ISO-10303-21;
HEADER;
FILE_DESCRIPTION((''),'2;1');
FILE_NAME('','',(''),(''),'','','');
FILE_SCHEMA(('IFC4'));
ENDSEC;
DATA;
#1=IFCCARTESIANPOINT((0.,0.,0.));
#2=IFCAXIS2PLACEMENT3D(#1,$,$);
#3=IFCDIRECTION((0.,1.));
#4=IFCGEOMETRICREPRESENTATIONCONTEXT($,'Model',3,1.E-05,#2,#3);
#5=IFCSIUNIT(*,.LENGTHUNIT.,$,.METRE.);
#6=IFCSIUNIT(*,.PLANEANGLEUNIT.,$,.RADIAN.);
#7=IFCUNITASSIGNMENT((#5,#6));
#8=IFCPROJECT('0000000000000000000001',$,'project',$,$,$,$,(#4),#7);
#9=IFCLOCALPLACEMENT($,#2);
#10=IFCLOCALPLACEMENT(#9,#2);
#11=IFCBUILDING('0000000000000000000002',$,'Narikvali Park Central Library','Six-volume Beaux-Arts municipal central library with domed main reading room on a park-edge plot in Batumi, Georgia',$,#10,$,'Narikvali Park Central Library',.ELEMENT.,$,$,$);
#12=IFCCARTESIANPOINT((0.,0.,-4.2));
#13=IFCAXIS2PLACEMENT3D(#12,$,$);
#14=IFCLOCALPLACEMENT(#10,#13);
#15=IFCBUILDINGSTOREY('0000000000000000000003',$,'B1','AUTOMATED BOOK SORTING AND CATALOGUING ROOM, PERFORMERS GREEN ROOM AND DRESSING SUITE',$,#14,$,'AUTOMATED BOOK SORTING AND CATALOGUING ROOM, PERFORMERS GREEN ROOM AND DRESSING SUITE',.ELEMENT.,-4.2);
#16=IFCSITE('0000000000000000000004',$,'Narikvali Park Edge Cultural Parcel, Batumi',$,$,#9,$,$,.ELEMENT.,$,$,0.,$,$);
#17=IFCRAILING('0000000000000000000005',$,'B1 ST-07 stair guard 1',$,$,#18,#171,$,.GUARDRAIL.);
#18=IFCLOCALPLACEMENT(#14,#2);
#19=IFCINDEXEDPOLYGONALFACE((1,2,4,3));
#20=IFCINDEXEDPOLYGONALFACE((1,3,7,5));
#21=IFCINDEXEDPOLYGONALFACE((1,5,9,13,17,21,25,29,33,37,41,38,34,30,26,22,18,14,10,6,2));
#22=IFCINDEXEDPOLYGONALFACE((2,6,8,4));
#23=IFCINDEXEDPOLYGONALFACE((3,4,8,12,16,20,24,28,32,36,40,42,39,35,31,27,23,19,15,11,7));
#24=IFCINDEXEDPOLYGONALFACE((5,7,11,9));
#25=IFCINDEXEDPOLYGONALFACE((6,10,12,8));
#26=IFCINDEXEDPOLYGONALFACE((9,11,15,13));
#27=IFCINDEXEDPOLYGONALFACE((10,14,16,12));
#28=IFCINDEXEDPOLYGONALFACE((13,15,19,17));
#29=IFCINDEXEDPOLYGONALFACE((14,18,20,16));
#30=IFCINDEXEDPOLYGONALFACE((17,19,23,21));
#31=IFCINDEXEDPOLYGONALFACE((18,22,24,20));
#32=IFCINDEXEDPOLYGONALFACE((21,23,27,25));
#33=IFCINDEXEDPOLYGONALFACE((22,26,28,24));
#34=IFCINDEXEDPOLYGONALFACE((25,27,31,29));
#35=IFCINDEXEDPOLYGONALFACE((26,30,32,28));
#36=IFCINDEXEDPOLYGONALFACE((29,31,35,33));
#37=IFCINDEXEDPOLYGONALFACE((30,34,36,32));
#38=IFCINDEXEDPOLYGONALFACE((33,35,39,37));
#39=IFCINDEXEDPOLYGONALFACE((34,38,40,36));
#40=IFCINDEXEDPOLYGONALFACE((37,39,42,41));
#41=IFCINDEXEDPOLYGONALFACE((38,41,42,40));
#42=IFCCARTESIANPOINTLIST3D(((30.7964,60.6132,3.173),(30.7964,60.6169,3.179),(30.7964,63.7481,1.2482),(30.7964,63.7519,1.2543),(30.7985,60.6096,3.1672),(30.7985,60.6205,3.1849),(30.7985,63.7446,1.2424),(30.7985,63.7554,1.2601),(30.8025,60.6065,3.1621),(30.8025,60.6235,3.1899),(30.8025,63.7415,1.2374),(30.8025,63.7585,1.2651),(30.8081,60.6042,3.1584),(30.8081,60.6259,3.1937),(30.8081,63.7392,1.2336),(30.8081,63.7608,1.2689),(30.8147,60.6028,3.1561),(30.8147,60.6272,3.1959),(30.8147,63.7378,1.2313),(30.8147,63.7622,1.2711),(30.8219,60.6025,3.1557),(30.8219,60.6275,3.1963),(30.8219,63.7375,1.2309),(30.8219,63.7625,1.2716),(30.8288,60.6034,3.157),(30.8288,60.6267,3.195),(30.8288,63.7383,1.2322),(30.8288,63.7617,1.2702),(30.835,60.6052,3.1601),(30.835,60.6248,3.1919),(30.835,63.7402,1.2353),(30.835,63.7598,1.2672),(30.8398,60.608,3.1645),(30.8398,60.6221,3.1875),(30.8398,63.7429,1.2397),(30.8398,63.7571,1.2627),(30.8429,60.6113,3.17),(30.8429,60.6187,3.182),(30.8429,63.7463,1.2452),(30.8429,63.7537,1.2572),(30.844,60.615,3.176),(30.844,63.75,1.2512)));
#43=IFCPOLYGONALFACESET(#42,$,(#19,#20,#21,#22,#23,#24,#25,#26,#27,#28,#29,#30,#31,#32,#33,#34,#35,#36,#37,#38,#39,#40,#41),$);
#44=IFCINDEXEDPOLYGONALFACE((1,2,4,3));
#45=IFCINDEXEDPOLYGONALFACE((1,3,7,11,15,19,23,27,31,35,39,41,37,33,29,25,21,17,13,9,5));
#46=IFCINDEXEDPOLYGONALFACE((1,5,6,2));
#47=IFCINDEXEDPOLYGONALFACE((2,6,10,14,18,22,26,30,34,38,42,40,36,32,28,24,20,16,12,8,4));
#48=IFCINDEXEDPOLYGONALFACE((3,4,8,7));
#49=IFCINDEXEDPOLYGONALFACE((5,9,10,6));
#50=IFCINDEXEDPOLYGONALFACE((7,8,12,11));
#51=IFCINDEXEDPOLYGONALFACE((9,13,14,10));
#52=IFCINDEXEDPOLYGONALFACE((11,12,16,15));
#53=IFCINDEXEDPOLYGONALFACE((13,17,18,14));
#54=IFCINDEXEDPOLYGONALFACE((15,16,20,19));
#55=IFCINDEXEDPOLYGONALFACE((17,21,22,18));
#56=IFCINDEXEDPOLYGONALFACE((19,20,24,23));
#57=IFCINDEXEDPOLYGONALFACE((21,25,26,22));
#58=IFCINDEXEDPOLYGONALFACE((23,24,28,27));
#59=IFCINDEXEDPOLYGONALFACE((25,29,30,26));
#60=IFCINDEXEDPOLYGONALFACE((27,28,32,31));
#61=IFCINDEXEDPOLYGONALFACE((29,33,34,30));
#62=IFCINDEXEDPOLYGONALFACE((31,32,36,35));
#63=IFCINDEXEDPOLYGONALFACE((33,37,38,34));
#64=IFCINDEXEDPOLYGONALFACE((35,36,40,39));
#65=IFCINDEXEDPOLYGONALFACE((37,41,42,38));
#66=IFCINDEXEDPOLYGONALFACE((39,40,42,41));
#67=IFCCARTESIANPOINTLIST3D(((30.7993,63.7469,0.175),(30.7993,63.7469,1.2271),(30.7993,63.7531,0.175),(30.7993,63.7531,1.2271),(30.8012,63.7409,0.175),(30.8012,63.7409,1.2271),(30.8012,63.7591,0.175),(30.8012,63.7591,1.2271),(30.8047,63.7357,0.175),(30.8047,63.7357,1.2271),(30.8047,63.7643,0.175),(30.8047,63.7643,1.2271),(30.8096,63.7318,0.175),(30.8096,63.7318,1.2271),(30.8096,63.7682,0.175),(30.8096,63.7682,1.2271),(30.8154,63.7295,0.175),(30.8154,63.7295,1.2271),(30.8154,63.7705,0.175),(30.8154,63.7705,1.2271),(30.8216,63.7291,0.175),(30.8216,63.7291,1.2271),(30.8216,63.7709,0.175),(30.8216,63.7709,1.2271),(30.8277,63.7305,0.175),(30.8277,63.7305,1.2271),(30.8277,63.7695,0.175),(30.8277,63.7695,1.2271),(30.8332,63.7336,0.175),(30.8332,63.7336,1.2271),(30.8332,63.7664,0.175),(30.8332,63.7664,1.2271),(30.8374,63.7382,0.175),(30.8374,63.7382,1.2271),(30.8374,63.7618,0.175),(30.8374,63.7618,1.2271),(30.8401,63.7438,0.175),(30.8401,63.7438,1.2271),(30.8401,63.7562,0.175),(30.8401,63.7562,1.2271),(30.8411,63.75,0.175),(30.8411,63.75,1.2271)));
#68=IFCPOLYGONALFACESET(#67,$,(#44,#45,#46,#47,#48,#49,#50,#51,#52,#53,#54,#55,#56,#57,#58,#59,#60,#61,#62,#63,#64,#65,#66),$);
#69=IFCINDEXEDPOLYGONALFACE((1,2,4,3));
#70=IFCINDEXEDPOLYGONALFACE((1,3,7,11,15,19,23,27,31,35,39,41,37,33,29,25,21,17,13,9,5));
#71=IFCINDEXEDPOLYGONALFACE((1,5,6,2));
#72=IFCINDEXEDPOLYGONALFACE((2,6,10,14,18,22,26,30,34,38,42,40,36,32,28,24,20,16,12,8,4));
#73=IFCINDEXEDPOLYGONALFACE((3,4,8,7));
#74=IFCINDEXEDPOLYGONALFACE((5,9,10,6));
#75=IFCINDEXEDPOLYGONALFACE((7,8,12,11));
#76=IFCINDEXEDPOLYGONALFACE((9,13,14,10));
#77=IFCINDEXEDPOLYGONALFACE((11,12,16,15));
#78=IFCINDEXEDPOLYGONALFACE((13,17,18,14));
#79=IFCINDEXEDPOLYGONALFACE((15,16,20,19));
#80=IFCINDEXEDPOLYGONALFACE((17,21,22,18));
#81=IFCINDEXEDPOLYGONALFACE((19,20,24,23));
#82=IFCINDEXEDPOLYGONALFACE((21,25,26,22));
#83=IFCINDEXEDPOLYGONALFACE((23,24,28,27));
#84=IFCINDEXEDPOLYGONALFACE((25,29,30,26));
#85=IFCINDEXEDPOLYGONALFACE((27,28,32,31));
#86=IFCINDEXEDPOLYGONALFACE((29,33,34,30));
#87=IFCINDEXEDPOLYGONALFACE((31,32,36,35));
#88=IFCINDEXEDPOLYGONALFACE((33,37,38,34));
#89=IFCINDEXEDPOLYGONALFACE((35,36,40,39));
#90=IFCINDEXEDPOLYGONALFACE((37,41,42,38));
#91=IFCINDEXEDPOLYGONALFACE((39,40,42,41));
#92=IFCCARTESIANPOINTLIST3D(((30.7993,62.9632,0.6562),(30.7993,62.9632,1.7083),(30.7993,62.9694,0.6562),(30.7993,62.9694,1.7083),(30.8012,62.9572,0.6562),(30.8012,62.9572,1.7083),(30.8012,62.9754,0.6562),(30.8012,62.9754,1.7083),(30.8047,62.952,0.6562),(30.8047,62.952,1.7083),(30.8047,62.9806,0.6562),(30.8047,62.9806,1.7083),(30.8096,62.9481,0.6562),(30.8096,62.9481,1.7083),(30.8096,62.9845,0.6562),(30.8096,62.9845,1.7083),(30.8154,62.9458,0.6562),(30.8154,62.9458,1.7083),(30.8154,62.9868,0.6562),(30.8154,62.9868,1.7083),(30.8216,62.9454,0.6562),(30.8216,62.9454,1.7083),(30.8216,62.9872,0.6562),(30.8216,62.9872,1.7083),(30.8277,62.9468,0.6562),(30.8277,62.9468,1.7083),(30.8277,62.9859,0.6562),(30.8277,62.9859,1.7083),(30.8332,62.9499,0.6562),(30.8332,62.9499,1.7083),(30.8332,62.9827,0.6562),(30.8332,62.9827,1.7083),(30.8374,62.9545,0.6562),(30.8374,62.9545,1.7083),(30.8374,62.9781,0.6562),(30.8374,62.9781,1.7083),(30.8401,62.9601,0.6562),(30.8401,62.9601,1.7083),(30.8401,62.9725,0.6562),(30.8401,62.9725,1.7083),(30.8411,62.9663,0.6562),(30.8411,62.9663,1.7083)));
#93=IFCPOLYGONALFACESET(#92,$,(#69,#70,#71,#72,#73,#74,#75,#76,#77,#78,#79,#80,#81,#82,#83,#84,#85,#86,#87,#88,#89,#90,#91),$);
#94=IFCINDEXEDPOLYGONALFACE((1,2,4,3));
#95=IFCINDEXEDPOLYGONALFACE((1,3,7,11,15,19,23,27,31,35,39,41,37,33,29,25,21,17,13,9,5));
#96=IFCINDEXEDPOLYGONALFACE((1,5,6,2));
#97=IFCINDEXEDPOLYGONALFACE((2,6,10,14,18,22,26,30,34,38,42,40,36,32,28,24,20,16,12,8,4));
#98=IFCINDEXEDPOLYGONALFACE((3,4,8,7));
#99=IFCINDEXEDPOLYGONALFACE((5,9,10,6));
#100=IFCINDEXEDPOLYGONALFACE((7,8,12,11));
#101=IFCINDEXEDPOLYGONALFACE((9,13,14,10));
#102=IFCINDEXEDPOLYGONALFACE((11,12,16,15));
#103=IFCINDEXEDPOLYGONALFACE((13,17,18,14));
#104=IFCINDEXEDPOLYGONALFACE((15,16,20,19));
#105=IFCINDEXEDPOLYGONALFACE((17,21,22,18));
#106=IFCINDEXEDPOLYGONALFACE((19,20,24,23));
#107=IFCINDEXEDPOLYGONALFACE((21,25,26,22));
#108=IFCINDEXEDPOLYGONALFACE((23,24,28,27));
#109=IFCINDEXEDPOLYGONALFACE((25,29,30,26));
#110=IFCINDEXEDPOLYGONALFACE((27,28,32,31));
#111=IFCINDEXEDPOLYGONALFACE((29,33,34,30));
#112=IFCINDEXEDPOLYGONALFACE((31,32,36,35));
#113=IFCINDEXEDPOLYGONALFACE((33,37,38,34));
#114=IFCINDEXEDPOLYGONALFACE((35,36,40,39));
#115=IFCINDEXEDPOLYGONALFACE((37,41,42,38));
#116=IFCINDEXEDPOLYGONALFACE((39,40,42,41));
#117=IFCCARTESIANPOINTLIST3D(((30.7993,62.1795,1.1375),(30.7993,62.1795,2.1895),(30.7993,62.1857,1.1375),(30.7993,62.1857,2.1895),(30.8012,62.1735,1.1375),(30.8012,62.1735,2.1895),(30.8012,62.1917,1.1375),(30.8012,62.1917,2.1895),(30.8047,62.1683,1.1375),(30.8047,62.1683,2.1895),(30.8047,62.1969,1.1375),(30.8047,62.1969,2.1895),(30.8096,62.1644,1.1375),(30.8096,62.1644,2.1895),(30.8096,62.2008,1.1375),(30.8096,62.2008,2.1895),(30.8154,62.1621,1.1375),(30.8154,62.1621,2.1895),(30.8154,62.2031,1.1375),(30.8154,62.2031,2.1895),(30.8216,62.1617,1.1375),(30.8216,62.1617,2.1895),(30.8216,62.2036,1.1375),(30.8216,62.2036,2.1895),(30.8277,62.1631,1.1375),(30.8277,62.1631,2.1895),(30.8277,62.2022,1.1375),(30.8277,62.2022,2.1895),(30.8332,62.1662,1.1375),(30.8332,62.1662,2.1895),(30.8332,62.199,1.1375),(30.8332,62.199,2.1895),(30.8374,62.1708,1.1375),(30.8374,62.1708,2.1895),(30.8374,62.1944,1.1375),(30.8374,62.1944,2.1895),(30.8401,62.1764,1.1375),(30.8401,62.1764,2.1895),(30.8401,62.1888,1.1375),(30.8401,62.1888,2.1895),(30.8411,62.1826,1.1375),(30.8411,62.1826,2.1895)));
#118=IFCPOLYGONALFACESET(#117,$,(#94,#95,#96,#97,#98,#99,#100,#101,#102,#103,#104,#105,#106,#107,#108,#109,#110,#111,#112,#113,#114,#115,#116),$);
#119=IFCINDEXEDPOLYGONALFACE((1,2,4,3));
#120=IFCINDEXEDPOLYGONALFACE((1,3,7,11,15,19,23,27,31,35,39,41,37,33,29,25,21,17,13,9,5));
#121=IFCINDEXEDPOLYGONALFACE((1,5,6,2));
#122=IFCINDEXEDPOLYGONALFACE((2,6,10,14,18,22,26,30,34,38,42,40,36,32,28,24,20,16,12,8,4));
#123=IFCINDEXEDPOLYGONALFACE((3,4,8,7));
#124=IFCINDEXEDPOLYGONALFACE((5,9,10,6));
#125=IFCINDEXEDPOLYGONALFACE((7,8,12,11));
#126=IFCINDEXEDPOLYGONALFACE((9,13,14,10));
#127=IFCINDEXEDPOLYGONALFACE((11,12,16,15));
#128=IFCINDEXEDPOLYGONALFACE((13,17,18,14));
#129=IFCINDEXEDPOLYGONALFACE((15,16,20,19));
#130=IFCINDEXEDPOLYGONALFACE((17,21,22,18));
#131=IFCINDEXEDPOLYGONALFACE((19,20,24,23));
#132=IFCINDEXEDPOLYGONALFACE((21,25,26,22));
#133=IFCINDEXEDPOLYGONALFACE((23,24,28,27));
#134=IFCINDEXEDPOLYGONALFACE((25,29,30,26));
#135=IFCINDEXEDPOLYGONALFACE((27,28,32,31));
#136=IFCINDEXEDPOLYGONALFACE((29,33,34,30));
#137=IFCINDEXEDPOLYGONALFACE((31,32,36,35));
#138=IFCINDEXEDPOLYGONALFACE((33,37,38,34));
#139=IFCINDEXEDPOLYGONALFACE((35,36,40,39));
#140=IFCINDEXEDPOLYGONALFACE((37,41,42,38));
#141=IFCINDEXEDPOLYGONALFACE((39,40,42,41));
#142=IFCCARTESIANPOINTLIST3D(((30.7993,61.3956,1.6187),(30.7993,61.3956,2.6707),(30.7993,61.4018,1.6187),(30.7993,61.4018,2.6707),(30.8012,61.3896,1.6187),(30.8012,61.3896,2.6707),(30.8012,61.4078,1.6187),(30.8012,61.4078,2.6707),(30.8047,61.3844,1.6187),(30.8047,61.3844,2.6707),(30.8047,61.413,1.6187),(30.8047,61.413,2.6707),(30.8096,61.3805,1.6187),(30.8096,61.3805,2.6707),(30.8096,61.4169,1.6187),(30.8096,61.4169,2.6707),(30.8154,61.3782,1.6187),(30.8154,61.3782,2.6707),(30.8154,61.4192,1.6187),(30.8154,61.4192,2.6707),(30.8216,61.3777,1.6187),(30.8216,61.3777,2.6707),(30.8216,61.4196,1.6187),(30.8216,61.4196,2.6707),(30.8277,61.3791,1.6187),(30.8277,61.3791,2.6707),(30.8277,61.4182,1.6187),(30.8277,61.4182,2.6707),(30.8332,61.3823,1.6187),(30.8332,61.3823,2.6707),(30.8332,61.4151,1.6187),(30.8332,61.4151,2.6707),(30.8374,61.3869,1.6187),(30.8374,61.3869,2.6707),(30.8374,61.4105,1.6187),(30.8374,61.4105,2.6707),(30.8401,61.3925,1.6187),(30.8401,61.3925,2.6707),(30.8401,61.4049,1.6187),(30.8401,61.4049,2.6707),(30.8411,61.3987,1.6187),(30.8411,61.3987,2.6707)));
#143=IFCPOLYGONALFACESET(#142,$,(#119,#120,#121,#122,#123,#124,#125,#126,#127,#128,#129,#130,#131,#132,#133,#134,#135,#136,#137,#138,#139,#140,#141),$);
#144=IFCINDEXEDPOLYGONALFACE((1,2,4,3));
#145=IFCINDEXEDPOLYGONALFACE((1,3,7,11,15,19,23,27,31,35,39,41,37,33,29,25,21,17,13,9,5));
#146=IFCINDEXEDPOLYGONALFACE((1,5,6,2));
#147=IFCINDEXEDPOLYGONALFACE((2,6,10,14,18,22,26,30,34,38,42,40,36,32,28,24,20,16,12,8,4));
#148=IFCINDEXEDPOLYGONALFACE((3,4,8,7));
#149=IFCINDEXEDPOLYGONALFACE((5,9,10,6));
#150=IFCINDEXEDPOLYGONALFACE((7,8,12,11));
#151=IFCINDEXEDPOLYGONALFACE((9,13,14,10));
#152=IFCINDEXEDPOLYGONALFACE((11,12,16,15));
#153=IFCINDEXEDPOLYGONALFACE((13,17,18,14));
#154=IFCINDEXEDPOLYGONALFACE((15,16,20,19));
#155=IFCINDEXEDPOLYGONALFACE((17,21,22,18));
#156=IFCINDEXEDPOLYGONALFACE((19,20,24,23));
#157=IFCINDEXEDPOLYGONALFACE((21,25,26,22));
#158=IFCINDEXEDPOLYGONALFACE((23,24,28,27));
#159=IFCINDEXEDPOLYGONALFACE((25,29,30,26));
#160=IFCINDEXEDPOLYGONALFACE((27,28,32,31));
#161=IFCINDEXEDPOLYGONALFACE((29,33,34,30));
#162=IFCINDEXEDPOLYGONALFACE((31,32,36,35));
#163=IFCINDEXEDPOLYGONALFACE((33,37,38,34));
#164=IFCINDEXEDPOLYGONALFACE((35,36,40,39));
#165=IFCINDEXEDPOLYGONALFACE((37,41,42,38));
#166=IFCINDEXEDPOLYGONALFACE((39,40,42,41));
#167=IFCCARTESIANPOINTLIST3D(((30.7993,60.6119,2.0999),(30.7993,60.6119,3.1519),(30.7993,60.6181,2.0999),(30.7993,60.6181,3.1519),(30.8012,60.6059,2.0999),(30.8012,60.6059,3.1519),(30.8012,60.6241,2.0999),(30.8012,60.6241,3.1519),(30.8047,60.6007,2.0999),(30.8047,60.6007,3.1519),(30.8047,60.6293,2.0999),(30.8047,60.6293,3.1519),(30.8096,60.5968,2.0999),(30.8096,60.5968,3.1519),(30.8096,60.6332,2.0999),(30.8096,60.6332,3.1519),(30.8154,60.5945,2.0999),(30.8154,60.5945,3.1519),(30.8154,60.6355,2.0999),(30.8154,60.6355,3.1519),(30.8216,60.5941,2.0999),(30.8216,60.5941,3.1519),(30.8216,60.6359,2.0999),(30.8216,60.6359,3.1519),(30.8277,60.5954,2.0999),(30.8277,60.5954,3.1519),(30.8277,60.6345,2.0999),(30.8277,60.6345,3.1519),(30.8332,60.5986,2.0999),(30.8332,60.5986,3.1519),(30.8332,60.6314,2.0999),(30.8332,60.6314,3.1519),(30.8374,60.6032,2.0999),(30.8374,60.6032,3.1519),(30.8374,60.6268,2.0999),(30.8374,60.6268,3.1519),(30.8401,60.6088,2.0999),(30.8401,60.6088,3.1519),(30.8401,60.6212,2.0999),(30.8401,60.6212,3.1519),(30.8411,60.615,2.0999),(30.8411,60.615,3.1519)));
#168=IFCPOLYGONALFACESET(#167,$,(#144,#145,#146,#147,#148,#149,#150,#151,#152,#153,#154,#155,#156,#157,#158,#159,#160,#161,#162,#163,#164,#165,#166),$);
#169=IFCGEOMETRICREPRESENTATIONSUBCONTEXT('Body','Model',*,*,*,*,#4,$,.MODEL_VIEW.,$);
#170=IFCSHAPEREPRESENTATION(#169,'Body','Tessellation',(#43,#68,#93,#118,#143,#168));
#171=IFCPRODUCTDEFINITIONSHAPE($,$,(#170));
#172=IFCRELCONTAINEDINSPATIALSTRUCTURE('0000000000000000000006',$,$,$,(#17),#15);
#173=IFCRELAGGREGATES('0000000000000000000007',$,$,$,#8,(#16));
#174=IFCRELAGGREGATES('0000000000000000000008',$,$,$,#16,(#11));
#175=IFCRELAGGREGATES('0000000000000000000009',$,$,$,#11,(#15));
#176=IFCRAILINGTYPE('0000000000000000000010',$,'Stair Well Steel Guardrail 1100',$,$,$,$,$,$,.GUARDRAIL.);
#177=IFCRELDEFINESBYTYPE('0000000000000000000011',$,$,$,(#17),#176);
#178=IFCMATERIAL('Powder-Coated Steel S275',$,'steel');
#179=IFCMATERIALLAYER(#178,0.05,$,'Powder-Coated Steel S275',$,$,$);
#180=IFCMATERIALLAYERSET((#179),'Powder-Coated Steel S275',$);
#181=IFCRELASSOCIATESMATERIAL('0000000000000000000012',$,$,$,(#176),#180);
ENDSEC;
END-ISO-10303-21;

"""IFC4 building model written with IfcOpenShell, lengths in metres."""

from ifc_helpers import new_model, si_unit, direction, frame, origin, origin_2d, place, context, subcontext, project, spatial, circle, extrude, material, layer, layer_set, type_object, element, save


model = new_model("IFC4")

# Units and contexts
model_context = context("Model", 3, precision=1e-05, world=origin(), true_north=direction((0.0, 1.0)))
body_context = subcontext(model_context, "Body", "Model", "MODEL_VIEW")
ifc_project = project(units=[si_unit("LENGTHUNIT", "METRE"), si_unit("PLANEANGLEUNIT", "RADIAN")], contexts=[model_context])

# Site, building, storey
site_placement = place(None, origin())
site = spatial("IfcSite", under=ifc_project, at=site_placement, Name="Narikvali Park Edge Cultural Parcel, Batumi", CompositionType="ELEMENT", RefElevation=0.0)
building_placement = place(site_placement, origin())
building = spatial("IfcBuilding", under=site, at=building_placement, Name="Narikvali Park Central Library", Description="Six-volume Beaux-Arts municipal central library with domed main reading room on a park-edge plot in Batumi, Georgia", LongName="Narikvali Park Central Library", CompositionType="ELEMENT")
storey_placement = place(building_placement, frame((0.0, 0.0, -4.2)))
storey = spatial("IfcBuildingStorey", under=building, at=storey_placement, Name="B1", Description="AUTOMATED BOOK SORTING AND CATALOGUING ROOM, PERFORMERS GREEN ROOM AND DRESSING SUITE", LongName="AUTOMATED BOOK SORTING AND CATALOGUING ROOM, PERFORMERS GREEN ROOM AND DRESSING SUITE", CompositionType="ELEMENT", Elevation=-4.2)

# Railing
ifc_material_1 = material(Name="Powder-Coated Steel S275", Category="steel")
ifc_layer_1 = layer(ifc_material_1, 0.05, Name="Powder-Coated Steel S275")
ifc_layer_set_1 = layer_set([ifc_layer_1], Name="Powder-Coated Steel S275")
railing_type_1 = type_object("IfcRailingType", Name="Stair Well Steel Guardrail 1100", PredefinedType="GUARDRAIL", material=ifc_layer_set_1)
railing_1_placement = place(storey_placement, frame((30.8201, 63.75, 0.175)))
element("IfcRailing", 1, at=railing_1_placement, inside=storey, type_object=railing_type_1, Name="B1 ST-07 stair guard 1", PredefinedType="GUARDRAIL", context=body_context, shape_type="SweptSolid", body=[
    extrude(circle(Radius=0.0239, at=origin_2d()), frame((0.0, 0.0, 1.0762), z_axis=(0.0, -0.852196, 0.523223), x_axis=(1.0, 0.0, 0.0)), (0.0, 0.0, 1.0), 3.6787),
    extrude(circle(Radius=0.021, at=origin_2d()), origin(), (0.0, 0.0, 1.0), 1.052),
    extrude(circle(Radius=0.021, at=origin_2d()), frame((0.0, -0.7837, 0.4812)), (0.0, 0.0, 1.0), 1.052),
    extrude(circle(Radius=0.021, at=origin_2d()), frame((0.0, -1.5674, 0.9624)), (0.0, 0.0, 1.0), 1.052),
    extrude(circle(Radius=0.021, at=origin_2d()), frame((0.0, -2.3513, 1.4436)), (0.0, 0.0, 1.0), 1.052),
    extrude(circle(Radius=0.021, at=origin_2d()), frame((0.0, -3.135, 1.9248)), (0.0, 0.0, 1.0), 1.052),
])

save(model, "model.ifc")
